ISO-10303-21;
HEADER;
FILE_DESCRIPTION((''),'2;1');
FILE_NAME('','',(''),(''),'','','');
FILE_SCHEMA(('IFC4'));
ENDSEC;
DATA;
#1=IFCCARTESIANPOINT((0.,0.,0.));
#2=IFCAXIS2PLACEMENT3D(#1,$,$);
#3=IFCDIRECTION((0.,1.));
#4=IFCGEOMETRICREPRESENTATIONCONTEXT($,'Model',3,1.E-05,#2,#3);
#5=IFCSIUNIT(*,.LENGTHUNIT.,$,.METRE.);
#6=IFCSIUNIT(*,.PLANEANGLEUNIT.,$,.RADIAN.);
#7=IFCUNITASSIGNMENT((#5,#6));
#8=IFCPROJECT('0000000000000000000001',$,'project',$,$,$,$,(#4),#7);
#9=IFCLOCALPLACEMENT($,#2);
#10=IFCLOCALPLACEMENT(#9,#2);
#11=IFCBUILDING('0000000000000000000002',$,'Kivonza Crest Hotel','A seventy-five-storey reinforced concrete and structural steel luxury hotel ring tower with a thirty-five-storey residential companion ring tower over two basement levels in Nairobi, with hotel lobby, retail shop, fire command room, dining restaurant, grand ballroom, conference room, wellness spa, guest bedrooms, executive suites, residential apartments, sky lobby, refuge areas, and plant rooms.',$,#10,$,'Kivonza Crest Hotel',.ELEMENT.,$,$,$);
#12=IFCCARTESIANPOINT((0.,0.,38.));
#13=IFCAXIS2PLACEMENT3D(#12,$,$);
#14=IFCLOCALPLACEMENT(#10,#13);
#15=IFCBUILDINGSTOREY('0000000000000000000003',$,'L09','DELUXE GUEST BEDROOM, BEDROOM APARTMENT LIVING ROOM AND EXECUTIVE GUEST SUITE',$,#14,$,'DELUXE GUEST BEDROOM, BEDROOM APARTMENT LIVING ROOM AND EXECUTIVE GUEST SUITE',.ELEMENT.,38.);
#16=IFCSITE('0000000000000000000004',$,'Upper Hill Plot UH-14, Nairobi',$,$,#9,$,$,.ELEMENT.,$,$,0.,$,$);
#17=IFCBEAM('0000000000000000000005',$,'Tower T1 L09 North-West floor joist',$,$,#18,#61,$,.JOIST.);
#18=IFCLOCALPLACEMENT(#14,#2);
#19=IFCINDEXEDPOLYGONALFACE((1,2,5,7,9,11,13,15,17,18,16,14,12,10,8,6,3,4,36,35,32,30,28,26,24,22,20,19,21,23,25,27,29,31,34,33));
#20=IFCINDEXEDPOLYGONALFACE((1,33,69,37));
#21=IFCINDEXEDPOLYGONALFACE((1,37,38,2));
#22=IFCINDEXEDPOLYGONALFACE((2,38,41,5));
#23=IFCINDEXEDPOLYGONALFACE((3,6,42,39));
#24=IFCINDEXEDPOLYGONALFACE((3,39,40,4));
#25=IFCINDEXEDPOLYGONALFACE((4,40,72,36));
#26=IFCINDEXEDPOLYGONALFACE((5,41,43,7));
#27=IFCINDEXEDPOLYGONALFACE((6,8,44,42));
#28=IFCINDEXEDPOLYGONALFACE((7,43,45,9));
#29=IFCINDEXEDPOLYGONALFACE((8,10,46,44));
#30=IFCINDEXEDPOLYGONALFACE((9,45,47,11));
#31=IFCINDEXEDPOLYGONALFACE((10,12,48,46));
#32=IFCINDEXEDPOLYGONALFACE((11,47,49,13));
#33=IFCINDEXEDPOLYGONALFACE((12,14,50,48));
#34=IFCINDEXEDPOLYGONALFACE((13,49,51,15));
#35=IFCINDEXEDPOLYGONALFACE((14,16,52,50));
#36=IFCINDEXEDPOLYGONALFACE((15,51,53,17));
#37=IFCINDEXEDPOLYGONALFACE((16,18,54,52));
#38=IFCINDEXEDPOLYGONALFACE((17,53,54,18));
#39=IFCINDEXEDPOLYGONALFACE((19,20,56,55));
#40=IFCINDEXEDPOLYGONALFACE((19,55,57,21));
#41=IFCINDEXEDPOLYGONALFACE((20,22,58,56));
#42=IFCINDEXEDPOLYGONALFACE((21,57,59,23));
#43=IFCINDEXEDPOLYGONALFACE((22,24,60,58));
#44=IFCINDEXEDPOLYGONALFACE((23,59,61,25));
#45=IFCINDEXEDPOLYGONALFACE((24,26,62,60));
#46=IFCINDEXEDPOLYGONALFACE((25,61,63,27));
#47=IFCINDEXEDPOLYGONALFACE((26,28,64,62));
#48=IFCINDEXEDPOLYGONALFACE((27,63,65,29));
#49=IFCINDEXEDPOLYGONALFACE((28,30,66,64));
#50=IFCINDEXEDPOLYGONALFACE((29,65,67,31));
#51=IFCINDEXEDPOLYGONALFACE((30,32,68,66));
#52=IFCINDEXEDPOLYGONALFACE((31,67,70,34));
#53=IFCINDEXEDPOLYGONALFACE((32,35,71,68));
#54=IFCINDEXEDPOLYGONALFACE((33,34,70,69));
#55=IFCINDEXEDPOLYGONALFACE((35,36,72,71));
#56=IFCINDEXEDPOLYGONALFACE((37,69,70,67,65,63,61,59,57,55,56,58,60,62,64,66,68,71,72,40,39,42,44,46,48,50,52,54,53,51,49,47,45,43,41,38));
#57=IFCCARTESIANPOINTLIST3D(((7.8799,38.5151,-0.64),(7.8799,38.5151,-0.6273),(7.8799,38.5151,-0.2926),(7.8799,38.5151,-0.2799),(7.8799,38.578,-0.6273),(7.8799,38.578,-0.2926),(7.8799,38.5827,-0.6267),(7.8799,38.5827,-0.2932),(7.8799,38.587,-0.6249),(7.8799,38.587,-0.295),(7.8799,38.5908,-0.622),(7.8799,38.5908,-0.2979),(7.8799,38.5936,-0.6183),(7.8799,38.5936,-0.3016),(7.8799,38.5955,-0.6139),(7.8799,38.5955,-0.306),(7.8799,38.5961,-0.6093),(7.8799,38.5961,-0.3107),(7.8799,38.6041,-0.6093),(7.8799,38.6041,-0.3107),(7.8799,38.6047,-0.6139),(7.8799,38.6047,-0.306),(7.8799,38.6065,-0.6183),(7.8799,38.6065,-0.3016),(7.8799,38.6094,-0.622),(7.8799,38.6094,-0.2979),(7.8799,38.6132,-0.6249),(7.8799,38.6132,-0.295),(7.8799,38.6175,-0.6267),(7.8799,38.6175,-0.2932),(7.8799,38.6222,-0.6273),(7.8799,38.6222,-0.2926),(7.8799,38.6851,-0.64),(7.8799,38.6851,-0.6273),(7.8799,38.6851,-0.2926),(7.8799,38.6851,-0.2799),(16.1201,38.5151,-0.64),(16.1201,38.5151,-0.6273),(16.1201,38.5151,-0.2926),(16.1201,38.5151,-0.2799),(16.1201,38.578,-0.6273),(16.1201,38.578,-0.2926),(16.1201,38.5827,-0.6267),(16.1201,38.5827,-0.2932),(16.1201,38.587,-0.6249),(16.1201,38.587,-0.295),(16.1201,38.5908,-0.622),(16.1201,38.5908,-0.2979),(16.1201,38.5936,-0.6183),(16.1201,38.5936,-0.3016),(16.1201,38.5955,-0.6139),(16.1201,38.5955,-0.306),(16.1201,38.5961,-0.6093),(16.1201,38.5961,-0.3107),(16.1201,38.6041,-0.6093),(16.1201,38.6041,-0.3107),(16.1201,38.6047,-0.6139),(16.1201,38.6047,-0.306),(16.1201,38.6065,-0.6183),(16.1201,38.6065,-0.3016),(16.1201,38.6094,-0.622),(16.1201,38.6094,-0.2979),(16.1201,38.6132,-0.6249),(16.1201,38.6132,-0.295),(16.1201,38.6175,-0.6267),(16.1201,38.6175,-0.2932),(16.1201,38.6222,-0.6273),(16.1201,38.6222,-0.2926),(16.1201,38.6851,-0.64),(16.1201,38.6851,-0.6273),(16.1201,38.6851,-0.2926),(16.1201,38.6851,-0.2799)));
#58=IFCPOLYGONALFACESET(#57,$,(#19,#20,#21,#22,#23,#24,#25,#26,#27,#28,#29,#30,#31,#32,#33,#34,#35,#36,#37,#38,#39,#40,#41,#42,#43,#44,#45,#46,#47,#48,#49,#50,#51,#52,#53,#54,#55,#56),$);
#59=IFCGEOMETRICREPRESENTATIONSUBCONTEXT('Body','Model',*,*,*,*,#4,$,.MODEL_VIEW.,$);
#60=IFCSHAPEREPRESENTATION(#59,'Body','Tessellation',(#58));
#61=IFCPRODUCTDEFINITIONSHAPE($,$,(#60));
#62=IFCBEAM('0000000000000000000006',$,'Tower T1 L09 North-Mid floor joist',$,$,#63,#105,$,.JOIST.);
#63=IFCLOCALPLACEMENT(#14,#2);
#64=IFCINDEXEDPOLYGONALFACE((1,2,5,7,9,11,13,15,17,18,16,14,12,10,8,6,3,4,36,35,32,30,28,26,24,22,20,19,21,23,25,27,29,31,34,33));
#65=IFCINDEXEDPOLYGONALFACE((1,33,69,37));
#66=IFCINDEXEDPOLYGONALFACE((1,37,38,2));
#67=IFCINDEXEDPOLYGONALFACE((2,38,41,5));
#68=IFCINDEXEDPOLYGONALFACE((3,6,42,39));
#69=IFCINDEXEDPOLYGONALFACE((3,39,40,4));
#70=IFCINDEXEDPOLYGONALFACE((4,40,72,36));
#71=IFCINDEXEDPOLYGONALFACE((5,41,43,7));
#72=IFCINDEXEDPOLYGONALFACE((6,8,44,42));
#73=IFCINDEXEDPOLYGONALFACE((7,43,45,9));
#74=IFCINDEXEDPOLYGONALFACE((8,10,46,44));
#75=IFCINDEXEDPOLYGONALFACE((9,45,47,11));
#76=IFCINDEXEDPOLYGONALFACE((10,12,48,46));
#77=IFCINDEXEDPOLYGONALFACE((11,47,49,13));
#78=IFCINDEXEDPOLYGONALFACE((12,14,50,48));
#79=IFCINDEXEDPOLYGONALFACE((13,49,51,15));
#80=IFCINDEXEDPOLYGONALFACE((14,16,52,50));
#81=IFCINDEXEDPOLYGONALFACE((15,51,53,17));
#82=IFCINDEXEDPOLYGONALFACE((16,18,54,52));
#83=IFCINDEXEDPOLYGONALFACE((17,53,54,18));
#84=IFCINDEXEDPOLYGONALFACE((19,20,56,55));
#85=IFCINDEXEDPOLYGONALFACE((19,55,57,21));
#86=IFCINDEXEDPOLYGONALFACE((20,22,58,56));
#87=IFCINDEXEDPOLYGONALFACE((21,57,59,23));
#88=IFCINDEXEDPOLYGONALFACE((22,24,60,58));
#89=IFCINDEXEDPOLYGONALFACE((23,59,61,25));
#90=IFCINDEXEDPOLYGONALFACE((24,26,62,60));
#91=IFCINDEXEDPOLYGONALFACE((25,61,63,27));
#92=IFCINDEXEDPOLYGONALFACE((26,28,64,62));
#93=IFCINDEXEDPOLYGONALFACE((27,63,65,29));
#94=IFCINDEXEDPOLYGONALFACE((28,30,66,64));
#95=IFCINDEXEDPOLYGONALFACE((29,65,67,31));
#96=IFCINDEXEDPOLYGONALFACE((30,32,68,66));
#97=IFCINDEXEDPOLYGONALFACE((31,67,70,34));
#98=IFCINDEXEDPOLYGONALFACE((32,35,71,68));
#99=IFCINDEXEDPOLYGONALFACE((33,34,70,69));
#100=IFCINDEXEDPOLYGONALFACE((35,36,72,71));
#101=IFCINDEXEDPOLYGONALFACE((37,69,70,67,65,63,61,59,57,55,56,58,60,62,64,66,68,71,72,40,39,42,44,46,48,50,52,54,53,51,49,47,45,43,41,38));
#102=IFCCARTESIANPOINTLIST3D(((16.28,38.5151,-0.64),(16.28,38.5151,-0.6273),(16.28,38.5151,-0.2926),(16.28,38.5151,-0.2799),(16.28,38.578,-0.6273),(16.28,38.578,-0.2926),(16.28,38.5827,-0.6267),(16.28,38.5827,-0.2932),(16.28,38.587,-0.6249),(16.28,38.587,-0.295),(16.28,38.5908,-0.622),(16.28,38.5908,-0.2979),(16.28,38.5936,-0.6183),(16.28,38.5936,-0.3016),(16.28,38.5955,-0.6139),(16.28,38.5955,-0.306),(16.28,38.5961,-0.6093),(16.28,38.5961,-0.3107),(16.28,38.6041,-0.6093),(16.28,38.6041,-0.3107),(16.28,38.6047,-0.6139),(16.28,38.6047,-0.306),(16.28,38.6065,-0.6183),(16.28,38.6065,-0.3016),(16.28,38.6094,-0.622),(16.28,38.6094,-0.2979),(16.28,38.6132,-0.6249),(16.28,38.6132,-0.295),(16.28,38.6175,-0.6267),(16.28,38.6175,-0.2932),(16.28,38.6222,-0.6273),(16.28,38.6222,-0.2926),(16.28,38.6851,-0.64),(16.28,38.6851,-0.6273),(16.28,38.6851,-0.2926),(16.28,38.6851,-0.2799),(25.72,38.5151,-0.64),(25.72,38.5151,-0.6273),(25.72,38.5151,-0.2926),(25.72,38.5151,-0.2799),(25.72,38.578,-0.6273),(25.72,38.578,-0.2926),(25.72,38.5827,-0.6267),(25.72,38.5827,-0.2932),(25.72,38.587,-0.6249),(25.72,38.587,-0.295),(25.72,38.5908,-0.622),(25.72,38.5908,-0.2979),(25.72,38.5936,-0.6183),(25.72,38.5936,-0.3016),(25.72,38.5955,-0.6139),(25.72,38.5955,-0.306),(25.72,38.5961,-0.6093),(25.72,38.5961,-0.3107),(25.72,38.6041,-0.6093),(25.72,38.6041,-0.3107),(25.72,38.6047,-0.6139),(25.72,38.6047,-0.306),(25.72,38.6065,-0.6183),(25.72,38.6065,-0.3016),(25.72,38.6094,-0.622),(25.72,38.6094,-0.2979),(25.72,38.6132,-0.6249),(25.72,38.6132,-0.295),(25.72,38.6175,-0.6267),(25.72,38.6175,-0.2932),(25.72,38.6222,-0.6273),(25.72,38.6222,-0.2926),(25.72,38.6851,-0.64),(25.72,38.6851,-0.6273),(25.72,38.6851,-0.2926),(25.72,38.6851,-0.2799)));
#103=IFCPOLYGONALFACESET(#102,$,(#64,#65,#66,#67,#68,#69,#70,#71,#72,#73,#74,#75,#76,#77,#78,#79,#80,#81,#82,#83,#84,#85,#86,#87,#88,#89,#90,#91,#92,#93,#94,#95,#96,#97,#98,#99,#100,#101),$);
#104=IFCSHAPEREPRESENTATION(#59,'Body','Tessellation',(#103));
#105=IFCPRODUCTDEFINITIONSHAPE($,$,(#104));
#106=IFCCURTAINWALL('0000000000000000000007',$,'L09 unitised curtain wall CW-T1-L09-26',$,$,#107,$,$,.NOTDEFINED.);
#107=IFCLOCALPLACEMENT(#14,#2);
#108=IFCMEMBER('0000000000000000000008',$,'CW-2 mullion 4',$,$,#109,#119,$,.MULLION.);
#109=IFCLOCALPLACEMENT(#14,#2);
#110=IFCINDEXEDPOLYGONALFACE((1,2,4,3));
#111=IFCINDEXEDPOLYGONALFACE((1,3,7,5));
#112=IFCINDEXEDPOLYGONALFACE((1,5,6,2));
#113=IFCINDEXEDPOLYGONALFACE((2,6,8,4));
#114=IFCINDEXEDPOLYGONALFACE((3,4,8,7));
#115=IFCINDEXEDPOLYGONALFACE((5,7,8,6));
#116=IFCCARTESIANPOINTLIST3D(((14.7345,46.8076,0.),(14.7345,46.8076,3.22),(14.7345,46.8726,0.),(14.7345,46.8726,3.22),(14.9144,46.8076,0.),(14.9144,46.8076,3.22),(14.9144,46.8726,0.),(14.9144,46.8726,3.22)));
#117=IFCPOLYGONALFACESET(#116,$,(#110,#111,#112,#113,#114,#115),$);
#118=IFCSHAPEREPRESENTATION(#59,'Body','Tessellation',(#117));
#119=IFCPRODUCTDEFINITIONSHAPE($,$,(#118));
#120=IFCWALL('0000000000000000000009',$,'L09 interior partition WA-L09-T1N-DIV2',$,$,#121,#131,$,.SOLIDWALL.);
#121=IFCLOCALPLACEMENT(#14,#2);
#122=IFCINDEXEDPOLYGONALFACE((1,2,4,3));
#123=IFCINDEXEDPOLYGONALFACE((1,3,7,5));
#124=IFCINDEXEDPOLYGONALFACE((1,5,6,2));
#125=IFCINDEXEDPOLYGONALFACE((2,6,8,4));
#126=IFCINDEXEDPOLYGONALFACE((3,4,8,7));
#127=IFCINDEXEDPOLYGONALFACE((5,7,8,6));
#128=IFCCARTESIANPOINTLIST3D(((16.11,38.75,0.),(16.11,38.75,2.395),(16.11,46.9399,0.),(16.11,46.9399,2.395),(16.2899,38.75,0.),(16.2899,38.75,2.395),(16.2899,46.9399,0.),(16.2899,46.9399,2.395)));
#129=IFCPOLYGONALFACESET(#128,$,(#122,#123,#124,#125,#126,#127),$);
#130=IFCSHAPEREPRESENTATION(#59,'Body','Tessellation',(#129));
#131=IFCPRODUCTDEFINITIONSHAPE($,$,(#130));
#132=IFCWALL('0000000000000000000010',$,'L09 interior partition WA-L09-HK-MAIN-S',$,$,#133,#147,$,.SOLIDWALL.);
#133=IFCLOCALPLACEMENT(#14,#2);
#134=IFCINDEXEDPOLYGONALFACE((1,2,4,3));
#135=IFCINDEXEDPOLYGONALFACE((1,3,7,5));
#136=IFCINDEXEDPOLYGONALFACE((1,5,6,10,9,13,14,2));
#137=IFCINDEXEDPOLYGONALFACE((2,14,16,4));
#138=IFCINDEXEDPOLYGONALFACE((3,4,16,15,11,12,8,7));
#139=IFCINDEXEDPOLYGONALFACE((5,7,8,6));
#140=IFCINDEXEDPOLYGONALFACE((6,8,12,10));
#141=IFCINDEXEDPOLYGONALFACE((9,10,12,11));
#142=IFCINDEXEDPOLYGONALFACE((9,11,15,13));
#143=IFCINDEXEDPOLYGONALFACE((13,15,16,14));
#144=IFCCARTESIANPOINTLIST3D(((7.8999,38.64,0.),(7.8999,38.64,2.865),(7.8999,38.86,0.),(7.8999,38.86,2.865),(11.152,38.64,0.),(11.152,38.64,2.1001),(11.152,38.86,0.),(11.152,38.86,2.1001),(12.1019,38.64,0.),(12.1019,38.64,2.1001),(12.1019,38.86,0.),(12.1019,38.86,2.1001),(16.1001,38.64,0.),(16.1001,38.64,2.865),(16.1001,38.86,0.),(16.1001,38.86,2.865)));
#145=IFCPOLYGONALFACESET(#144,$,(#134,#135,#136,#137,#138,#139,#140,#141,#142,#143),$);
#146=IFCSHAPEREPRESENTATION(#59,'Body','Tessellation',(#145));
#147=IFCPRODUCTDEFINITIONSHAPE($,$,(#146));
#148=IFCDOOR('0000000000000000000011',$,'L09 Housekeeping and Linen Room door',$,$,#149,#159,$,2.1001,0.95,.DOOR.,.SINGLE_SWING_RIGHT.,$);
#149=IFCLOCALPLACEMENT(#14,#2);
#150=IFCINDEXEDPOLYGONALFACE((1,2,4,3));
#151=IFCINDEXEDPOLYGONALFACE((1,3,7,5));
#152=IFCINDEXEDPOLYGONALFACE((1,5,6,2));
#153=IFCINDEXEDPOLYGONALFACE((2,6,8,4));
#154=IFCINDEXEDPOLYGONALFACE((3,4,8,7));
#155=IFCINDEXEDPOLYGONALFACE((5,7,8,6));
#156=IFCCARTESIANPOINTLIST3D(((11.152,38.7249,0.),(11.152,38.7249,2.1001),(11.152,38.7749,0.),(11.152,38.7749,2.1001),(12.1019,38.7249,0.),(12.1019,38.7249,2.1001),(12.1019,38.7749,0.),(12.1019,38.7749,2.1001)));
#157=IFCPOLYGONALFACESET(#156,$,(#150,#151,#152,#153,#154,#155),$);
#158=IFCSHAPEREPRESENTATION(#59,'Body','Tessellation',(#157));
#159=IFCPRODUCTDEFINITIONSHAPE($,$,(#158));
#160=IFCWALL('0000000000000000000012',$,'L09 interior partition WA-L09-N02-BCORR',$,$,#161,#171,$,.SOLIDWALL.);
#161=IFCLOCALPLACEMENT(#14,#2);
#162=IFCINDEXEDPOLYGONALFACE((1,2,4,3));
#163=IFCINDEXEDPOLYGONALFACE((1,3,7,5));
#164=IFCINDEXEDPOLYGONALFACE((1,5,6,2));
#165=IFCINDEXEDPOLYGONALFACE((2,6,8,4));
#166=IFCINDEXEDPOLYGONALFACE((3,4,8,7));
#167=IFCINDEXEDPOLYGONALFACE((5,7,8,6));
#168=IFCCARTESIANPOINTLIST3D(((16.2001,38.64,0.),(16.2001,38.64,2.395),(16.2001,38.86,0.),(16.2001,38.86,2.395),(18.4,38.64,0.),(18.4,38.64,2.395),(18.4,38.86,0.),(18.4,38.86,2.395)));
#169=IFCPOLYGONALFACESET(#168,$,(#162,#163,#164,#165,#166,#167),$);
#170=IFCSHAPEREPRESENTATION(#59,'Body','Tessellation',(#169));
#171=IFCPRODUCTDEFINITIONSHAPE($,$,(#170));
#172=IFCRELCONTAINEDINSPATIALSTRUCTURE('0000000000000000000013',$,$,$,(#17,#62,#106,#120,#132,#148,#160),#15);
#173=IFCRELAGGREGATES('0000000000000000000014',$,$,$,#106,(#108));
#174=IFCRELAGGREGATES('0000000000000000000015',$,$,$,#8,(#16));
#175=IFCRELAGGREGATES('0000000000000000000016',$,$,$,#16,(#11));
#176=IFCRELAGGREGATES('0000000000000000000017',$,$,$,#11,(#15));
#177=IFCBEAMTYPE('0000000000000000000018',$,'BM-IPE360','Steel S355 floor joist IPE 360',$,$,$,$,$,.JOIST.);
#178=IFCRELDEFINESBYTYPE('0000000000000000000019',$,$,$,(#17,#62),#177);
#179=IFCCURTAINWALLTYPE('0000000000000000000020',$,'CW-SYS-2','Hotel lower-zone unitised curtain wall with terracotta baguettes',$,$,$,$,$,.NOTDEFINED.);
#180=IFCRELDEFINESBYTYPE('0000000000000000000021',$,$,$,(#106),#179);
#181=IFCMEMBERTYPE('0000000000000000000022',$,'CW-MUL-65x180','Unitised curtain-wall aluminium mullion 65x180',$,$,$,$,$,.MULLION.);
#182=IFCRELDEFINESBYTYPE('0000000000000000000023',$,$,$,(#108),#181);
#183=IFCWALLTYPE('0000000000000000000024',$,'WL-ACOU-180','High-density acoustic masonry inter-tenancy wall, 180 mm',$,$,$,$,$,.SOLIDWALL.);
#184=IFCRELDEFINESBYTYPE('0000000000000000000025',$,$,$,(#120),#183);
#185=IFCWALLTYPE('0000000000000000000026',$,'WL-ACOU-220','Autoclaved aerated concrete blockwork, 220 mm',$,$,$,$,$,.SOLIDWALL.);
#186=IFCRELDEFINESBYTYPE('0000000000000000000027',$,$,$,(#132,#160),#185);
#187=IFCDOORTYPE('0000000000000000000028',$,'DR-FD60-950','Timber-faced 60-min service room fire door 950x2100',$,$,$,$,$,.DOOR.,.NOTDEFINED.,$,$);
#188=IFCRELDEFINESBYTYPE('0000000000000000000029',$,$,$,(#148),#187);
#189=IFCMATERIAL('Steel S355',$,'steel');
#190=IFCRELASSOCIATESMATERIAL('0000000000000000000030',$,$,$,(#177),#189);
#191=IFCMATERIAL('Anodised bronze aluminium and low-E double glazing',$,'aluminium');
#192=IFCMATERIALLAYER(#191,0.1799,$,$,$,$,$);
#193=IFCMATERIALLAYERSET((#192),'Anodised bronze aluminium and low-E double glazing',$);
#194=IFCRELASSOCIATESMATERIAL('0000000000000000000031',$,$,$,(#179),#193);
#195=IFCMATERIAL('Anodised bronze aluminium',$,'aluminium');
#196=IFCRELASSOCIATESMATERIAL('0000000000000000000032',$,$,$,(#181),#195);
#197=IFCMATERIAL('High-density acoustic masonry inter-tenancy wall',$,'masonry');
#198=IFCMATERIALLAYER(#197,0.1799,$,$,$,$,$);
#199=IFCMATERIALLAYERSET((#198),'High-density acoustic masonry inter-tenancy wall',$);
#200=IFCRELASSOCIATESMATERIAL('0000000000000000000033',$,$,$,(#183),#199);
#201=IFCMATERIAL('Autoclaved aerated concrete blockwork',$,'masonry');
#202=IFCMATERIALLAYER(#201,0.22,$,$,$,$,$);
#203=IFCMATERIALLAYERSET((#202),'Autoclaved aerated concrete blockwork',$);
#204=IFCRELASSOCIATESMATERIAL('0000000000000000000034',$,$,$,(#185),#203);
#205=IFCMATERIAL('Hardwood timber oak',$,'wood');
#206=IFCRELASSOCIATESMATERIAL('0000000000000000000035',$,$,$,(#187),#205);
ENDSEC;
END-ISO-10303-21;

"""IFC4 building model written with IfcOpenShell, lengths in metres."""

from ifc_helpers import new_model, si_unit, direction, frame, frame_2d, origin, origin_2d, place, context, subcontext, project, spatial, rectangle, i_section, extrude, material, layer, layer_set, material_profile, profile_set, type_object, element, fill, aggregate, save


model = new_model("IFC4")

# Units and contexts
model_context = context("Model", 3, precision=1e-05, world=origin(), true_north=direction((0.0, 1.0)))
body_context = subcontext(model_context, "Body", "Model", "MODEL_VIEW")
ifc_project = project(units=[si_unit("LENGTHUNIT", "METRE"), si_unit("PLANEANGLEUNIT", "RADIAN")], contexts=[model_context])

# Site, building, storey
site_placement = place(None, origin())
site = spatial("IfcSite", under=ifc_project, at=site_placement, Name="Upper Hill Plot UH-14, Nairobi", CompositionType="ELEMENT", RefElevation=0.0)
building_placement = place(site_placement, origin())
building = spatial("IfcBuilding", under=site, at=building_placement, Name="Kivonza Crest Hotel", Description="A seventy-five-storey reinforced concrete and structural steel luxury hotel ring tower with a thirty-five-storey residential companion ring tower over two basement levels in Nairobi, with hotel lobby, retail shop, fire command room, dining restaurant, grand ballroom, conference room, wellness spa, guest bedrooms, executive suites, residential apartments, sky lobby, refuge areas, and plant rooms.", LongName="Kivonza Crest Hotel", CompositionType="ELEMENT")
storey_placement = place(building_placement, frame((0.0, 0.0, 38.0)))
storey = spatial("IfcBuildingStorey", under=building, at=storey_placement, Name="L09", Description="DELUXE GUEST BEDROOM, BEDROOM APARTMENT LIVING ROOM AND EXECUTIVE GUEST SUITE", LongName="DELUXE GUEST BEDROOM, BEDROOM APARTMENT LIVING ROOM AND EXECUTIVE GUEST SUITE", CompositionType="ELEMENT", Elevation=38.0)

# Beams
ifc_material_1 = material(Name="Steel S355", Category="steel")
ifc_material_profile_1 = material_profile(ifc_material_1, i_section(OverallWidth=0.1699, OverallDepth=0.3601, WebThickness=0.0081, FlangeThickness=0.0127, FilletRadius=0.0181, at=origin_2d()), Name="IPE 360")
ifc_profile_set_1 = profile_set([ifc_material_profile_1], Name="Steel S355")
beam_type_1 = type_object("IfcBeamType", Name="BM-IPE360", Description="Steel S355 floor joist IPE 360", PredefinedType="JOIST", material=ifc_profile_set_1)
beam_1_placement = place(storey_placement, frame((7.8799, 38.6001, -0.46), z_axis=(1.0, 0.0, 0.0), x_axis=(0.0, 1.0, 0.0)))
element("IfcBeam", 1, at=beam_1_placement, inside=storey, type_object=beam_type_1, Name="Tower T1 L09 North-West floor joist", PredefinedType="JOIST", context=body_context, shape_type="SweptSolid", body=[
    extrude(i_section(OverallWidth=0.1699, OverallDepth=0.3601, WebThickness=0.0081, FlangeThickness=0.0127, FilletRadius=0.0181, at=origin_2d()), origin(), (0.0, 0.0, 1.0), 8.2402),
])
beam_2_placement = place(storey_placement, frame((16.28, 38.6001, -0.46), z_axis=(1.0, 0.0, 0.0), x_axis=(0.0, 1.0, 0.0)))
element("IfcBeam", 2, at=beam_2_placement, inside=storey, type_object=beam_type_1, Name="Tower T1 L09 North-Mid floor joist", PredefinedType="JOIST", context=body_context, shape_type="SweptSolid", body=[
    extrude(i_section(OverallWidth=0.1699, OverallDepth=0.3601, WebThickness=0.0081, FlangeThickness=0.0127, FilletRadius=0.0181, at=origin_2d()), origin(), (0.0, 0.0, 1.0), 9.4399),
])

# Curtain wall, member
ifc_material_2 = material(Name="Anodised bronze aluminium and low-E double glazing", Category="aluminium")
ifc_layer_1 = layer(ifc_material_2, 0.1799)
ifc_layer_set_1 = layer_set([ifc_layer_1], Name="Anodised bronze aluminium and low-E double glazing")
curtain_wall_type = type_object("IfcCurtainWallType", Name="CW-SYS-2", Description="Hotel lower-zone unitised curtain wall with terracotta baguettes", PredefinedType="NOTDEFINED", material=ifc_layer_set_1)
curtain_wall_placement = place(storey_placement, origin())
curtain_wall = element("IfcCurtainWall", 3, at=curtain_wall_placement, inside=storey, type_object=curtain_wall_type, Name="L09 unitised curtain wall CW-T1-L09-26", PredefinedType="NOTDEFINED")
ifc_material_3 = material(Name="Anodised bronze aluminium", Category="aluminium")
ifc_material_profile_2 = material_profile(ifc_material_3, rectangle(XDim=0.0649, YDim=0.1799, at=origin_2d()), Name="CW-M 65x180")
ifc_profile_set_2 = profile_set([ifc_material_profile_2], Name="Anodised bronze aluminium")
member_type = type_object("IfcMemberType", Name="CW-MUL-65x180", Description="Unitised curtain-wall aluminium mullion 65x180", PredefinedType="MULLION", material=ifc_profile_set_2)
member_placement = place(storey_placement, frame((14.8245, 46.8401, 0.0), z_axis=(0.0, 0.0, 1.0), x_axis=(0.0, -1.0, 0.0)))
member = element("IfcMember", 4, at=member_placement, type_object=member_type, Name="CW-2 mullion 4", PredefinedType="MULLION", context=body_context, shape_type="SweptSolid", body=[
    extrude(rectangle(XDim=0.0649, YDim=0.1799, at=origin_2d()), origin(), (0.0, 0.0, 1.0), 3.22),
])
aggregate(curtain_wall, [member])

# Wall
ifc_material_4 = material(Name="High-density acoustic masonry inter-tenancy wall", Category="masonry")
ifc_layer_2 = layer(ifc_material_4, 0.1799)
ifc_layer_set_2 = layer_set([ifc_layer_2], Name="High-density acoustic masonry inter-tenancy wall")
wall_type_1 = type_object("IfcWallType", Name="WL-ACOU-180", Description="High-density acoustic masonry inter-tenancy wall, 180 mm", PredefinedType="SOLIDWALL", material=ifc_layer_set_2)
wall_1_placement = place(storey_placement, frame((16.2, 38.75, 0.0), z_axis=(0.0, 0.0, 1.0), x_axis=(0.0, 1.0, 0.0)))
element("IfcWall", 5, at=wall_1_placement, inside=storey, type_object=wall_type_1, Name="L09 interior partition WA-L09-T1N-DIV2", PredefinedType="SOLIDWALL", context=body_context, shape_type="SweptSolid", body=[
    extrude(rectangle(XDim=8.1899, YDim=0.1799, at=frame_2d((4.095, 0.0))), origin(), (0.0, 0.0, 1.0), 2.395),
])

# Wall, opening, door
ifc_material_5 = material(Name="Autoclaved aerated concrete blockwork", Category="masonry")
ifc_layer_3 = layer(ifc_material_5, 0.22)
ifc_layer_set_3 = layer_set([ifc_layer_3], Name="Autoclaved aerated concrete blockwork")
wall_type_2 = type_object("IfcWallType", Name="WL-ACOU-220", Description="Autoclaved aerated concrete blockwork, 220 mm", PredefinedType="SOLIDWALL", material=ifc_layer_set_3)
wall_2_placement = place(storey_placement, frame((7.8999, 38.75, 0.0), z_axis=(0.0, 0.0, 1.0), x_axis=(1.0, 0.0, 0.0)))
wall_2 = element("IfcWall", 6, at=wall_2_placement, inside=storey, type_object=wall_type_2, Name="L09 interior partition WA-L09-HK-MAIN-S", PredefinedType="SOLIDWALL", context=body_context, shape_type="SweptSolid", body=[
    extrude(rectangle(XDim=8.2002, YDim=0.22, at=frame_2d((4.1001, 0.0))), origin(), (0.0, 0.0, 1.0), 2.865),
])
opening_1_placement = place(wall_2_placement, frame((3.252, 0.0, 0.0)))
opening_1 = element("IfcOpeningElement", 7, at=opening_1_placement, cuts=wall_2, PredefinedType="OPENING", context=body_context, shape_type="SweptSolid", body=[
    extrude(rectangle(XDim=0.95, YDim=2.1001, at=frame_2d((0.4751, 1.05))), frame((0.0, 0.1201, 0.0), z_axis=(0.0, -1.0, 0.0), x_axis=(1.0, 0.0, 0.0)), (0.0, 0.0, 1.0), 0.24),
])
ifc_material_6 = material(Name="Hardwood timber oak", Category="wood")
door_type = type_object("IfcDoorType", Name="DR-FD60-950", Description="Timber-faced 60-min service room fire door 950x2100", OperationType="NOTDEFINED", PredefinedType="DOOR", material=ifc_material_6)
door_placement = place(opening_1_placement, origin())
door = element("IfcDoor", 8, at=door_placement, inside=storey, type_object=door_type, Name="L09 Housekeeping and Linen Room door", OperationType="SINGLE_SWING_RIGHT", OverallHeight=2.1001, OverallWidth=0.95, PredefinedType="DOOR", context=body_context, shape_type="SweptSolid", body=[
    extrude(rectangle(XDim=0.95, YDim=2.1001, at=frame_2d((0.4751, 1.05))), frame((0.0, 0.0249, 0.0), z_axis=(0.0, -1.0, 0.0), x_axis=(1.0, 0.0, 0.0)), (0.0, 0.0, 1.0), 0.05),
])
fill(opening_1, door)

# Wall
wall_3_placement = place(storey_placement, frame((16.2, 38.75, 0.0), z_axis=(0.0, 0.0, 1.0), x_axis=(1.0, 0.0, 0.0)))
element("IfcWall", 9, at=wall_3_placement, inside=storey, type_object=wall_type_2, Name="L09 interior partition WA-L09-N02-BCORR", PredefinedType="SOLIDWALL", context=body_context, shape_type="SweptSolid", body=[
    extrude(rectangle(XDim=2.2, YDim=0.22, at=frame_2d((1.1001, 0.0))), origin(), (0.0, 0.0, 1.0), 2.395),
])

save(model, "model.ifc")
